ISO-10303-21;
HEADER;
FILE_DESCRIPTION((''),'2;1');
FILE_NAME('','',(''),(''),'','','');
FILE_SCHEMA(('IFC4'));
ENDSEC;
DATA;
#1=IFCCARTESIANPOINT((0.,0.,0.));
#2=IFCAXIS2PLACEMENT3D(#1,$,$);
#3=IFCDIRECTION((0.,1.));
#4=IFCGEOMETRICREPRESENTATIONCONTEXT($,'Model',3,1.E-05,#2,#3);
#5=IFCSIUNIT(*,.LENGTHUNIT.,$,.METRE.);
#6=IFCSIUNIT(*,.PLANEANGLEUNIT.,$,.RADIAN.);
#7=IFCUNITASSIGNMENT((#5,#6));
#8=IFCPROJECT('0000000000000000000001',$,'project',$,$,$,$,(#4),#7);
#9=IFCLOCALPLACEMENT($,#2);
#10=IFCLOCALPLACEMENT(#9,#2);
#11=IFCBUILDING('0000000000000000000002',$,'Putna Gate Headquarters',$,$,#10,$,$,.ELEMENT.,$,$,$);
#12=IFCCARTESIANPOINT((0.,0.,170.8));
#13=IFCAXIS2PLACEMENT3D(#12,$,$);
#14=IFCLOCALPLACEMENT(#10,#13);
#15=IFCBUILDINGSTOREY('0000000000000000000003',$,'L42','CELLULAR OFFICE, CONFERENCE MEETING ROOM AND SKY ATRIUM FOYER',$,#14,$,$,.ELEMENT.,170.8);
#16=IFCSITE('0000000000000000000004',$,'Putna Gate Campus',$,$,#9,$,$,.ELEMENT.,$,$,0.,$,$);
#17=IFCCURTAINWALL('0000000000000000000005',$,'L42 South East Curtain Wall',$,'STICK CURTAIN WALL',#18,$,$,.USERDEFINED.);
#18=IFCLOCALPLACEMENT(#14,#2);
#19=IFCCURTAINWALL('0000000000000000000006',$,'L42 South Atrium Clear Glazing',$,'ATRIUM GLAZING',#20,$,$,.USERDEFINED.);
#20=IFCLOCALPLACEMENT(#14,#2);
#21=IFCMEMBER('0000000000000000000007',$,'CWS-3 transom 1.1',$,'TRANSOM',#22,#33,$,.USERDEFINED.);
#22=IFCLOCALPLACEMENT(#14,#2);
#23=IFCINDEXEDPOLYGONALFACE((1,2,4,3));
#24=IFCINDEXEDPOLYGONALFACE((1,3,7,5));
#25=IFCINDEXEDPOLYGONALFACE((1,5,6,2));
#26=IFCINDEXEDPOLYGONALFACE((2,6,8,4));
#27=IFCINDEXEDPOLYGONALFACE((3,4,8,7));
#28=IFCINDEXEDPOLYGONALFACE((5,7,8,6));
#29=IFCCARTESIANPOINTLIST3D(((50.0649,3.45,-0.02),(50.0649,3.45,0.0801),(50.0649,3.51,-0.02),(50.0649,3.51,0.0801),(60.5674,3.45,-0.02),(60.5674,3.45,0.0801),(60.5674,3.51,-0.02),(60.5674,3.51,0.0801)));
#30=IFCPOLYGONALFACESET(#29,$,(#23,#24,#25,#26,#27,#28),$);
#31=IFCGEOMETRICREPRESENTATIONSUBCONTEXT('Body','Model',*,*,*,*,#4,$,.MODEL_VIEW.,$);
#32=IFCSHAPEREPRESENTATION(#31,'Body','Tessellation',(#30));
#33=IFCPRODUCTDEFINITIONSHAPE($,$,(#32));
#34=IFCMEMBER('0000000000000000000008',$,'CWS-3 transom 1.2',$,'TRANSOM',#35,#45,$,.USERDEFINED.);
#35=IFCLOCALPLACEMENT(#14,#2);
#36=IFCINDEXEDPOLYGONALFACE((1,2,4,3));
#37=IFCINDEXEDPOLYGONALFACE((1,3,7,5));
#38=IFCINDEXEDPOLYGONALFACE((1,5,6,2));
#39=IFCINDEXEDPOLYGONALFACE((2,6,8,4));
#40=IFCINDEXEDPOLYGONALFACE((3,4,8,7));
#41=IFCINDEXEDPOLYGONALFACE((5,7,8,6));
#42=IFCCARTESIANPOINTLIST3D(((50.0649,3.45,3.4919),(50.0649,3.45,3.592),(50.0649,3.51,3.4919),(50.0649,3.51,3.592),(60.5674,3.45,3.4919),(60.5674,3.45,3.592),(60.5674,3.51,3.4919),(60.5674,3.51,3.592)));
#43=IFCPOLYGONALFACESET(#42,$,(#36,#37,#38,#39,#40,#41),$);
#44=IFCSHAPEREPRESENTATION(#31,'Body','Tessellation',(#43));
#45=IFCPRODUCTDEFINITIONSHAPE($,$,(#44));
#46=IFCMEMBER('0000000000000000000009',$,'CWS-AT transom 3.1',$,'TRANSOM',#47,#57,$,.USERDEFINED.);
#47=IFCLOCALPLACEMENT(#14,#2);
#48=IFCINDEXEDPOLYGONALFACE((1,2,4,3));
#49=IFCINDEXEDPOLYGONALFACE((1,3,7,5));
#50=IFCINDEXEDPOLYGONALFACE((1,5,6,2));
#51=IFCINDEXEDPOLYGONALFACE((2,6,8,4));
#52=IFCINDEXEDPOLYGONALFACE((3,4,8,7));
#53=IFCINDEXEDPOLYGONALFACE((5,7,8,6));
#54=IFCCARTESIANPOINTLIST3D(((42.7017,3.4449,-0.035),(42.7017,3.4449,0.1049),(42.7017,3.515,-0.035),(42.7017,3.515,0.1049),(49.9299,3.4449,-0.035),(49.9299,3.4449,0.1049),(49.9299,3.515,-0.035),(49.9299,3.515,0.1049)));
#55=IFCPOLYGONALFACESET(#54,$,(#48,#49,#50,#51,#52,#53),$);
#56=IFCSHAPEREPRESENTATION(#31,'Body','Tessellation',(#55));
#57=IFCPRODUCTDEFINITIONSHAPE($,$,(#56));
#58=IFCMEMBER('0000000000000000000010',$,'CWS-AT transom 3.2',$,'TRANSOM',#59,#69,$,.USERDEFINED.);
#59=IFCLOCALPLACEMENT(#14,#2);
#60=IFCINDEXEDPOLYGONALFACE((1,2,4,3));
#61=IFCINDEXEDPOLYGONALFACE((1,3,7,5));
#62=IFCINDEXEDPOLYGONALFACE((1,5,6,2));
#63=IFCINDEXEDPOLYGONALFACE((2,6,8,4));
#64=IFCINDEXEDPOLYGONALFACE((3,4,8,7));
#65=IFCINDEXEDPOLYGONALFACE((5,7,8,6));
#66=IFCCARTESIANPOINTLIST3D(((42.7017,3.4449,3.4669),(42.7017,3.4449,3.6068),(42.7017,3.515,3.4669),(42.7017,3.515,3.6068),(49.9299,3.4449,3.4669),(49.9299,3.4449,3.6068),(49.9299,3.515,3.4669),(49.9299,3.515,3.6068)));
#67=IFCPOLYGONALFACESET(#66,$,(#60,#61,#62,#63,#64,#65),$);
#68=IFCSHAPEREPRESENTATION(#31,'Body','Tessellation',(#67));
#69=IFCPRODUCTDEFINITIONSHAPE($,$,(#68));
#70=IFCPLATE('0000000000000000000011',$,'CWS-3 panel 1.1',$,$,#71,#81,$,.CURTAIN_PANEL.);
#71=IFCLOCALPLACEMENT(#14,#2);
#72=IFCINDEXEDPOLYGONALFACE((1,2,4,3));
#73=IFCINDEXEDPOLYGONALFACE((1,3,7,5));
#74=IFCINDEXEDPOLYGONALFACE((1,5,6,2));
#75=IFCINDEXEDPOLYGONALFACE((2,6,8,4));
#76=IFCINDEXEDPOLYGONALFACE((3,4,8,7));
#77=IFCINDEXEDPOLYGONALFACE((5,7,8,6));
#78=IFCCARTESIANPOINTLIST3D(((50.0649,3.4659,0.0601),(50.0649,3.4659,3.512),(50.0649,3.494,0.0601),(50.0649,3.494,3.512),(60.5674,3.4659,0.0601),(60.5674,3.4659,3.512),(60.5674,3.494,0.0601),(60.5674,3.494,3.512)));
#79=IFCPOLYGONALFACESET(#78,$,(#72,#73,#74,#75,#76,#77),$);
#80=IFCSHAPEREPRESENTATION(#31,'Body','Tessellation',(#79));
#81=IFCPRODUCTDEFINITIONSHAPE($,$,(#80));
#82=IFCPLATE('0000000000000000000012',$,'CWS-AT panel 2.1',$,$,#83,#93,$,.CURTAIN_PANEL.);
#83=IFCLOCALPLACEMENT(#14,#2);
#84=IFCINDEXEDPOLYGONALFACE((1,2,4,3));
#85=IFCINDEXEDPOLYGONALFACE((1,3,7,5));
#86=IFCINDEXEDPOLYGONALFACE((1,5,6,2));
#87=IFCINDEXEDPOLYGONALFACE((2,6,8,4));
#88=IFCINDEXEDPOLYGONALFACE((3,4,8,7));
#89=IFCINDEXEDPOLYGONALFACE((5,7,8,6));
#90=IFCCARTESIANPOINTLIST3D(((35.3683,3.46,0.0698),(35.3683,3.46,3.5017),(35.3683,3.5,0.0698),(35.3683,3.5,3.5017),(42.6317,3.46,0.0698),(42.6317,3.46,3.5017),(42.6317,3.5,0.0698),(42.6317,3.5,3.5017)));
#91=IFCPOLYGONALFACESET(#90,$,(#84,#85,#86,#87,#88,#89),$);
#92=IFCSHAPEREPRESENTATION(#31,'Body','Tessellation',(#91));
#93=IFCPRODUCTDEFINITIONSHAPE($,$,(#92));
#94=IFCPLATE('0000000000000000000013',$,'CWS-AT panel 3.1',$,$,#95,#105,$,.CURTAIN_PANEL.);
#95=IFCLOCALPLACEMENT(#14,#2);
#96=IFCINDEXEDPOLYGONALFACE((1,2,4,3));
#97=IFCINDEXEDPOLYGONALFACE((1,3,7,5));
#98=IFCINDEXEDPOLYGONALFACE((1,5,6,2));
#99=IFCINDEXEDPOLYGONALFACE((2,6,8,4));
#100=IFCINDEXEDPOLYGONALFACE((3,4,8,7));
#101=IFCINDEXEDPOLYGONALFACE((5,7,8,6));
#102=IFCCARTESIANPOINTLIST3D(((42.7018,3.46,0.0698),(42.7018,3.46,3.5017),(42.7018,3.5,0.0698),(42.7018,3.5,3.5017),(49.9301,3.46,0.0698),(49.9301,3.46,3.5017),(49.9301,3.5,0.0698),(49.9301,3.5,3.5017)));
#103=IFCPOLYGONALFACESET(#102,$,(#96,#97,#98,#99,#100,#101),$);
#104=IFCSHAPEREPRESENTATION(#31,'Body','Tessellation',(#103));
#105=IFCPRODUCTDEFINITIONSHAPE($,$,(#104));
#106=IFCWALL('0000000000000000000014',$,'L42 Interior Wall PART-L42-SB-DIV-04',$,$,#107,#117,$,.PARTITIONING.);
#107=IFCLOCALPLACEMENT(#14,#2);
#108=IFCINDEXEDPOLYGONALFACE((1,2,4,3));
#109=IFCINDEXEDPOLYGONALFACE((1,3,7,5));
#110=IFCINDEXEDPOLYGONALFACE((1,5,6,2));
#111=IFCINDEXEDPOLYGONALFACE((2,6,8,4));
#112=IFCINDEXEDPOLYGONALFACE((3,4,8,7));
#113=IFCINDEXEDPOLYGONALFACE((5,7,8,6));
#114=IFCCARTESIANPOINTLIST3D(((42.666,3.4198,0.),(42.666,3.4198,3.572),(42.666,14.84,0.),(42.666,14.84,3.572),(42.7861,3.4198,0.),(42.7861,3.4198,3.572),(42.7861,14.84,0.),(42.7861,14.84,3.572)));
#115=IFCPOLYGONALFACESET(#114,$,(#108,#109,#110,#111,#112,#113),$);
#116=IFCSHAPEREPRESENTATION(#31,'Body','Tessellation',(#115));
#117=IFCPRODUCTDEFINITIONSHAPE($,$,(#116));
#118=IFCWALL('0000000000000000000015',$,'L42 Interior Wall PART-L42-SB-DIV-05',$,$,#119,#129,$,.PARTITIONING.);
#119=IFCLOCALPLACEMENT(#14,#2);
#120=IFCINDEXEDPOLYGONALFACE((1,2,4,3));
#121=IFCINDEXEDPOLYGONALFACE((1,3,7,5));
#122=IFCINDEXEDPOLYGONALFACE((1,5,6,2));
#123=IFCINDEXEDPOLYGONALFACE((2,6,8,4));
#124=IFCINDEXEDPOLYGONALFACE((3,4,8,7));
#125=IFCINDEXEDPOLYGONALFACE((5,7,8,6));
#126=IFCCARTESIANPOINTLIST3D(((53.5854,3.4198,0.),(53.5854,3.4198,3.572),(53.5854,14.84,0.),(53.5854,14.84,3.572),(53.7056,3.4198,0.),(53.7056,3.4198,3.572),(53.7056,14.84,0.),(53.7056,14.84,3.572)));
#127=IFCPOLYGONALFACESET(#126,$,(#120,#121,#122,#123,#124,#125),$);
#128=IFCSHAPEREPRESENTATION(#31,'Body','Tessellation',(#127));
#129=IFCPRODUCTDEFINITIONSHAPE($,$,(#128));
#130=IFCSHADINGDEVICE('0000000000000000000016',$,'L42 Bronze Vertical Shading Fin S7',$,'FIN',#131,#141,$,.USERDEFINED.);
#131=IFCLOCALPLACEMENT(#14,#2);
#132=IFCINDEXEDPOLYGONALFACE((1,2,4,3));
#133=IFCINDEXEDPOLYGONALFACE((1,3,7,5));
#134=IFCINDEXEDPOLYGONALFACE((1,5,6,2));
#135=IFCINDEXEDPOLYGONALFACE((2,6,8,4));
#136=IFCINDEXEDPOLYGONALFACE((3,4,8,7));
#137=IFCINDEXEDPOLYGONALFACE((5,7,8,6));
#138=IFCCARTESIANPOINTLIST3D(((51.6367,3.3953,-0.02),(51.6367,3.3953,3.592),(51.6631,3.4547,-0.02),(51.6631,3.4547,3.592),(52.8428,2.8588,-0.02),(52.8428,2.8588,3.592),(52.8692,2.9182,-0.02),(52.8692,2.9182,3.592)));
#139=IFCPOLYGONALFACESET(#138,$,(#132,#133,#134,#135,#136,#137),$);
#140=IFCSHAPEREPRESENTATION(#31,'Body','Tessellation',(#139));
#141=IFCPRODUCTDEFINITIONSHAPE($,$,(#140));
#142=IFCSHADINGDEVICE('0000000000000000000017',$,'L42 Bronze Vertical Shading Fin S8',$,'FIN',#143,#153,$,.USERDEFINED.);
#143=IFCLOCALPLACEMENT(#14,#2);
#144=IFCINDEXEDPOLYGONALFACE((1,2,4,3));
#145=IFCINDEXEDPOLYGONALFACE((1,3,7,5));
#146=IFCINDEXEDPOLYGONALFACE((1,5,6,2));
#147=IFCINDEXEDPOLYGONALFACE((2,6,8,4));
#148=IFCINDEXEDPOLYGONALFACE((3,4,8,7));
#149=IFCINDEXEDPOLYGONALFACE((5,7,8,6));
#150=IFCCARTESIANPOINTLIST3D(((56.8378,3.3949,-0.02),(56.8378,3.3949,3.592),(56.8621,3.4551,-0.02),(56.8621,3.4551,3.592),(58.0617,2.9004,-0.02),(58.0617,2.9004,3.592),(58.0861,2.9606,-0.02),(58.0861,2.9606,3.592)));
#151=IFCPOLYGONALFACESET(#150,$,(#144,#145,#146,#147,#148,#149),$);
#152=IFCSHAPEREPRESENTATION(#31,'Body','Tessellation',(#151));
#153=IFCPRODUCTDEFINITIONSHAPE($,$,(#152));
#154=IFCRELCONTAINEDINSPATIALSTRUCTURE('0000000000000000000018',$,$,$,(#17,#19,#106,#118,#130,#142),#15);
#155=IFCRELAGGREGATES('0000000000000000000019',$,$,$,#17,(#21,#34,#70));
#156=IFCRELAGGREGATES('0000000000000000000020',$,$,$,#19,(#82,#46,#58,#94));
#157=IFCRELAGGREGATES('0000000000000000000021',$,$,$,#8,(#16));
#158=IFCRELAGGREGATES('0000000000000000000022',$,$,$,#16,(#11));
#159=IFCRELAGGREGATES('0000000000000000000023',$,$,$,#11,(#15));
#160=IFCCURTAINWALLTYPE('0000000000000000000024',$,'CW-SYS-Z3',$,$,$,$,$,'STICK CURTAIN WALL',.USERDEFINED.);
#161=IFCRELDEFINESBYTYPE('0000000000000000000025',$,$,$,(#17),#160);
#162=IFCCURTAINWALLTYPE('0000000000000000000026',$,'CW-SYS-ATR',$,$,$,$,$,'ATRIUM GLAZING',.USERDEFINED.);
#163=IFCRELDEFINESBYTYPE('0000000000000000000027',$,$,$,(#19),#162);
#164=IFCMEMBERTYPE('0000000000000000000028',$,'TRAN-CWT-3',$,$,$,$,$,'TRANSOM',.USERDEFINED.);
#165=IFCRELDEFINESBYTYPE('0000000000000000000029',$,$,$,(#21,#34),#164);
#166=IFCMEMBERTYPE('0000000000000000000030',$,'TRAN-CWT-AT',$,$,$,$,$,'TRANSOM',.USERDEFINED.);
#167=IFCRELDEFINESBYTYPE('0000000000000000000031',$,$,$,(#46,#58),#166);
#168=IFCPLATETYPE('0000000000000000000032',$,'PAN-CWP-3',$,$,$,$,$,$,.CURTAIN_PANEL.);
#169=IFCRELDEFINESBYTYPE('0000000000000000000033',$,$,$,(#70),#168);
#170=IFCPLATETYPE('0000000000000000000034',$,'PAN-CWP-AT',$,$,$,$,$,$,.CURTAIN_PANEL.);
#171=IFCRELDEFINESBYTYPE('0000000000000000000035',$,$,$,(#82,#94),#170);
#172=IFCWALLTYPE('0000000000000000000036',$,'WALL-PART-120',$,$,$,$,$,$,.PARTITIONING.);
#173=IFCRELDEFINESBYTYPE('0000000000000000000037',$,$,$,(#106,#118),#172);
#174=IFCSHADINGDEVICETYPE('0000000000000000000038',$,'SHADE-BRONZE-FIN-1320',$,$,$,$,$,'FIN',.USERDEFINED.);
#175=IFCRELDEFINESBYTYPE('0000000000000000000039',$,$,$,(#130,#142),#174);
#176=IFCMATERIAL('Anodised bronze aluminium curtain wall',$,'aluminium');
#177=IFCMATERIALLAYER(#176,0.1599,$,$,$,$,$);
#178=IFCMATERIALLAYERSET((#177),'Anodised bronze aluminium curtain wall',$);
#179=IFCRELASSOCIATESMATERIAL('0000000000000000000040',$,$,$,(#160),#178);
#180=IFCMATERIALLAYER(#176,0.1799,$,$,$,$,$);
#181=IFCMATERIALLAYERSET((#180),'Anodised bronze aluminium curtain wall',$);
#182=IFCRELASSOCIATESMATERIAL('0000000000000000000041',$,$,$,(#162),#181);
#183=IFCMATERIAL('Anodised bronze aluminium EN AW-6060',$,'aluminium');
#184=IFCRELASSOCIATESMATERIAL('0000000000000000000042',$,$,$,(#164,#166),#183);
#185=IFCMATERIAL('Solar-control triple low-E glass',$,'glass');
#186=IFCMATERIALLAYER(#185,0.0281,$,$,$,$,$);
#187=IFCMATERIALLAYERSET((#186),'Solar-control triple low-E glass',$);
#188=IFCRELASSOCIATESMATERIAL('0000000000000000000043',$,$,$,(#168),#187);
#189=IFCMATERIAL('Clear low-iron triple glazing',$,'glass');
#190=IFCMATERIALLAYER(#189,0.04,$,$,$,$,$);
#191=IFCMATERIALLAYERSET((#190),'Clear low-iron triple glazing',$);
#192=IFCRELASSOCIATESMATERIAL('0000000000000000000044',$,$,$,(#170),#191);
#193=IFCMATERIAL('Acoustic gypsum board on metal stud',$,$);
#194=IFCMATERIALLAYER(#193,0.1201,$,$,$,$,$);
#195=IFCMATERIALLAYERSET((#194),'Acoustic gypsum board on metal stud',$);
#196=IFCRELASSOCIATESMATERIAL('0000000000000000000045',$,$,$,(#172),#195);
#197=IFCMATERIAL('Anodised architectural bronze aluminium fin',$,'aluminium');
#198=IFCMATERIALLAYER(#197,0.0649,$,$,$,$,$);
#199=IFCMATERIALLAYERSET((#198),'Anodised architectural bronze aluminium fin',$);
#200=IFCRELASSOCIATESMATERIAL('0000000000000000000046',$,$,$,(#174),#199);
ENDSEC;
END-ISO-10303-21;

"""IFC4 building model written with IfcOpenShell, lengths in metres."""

from ifc_helpers import new_model, si_unit, direction, frame, frame_2d, origin, origin_2d, place, context, subcontext, project, spatial, rectangle, extrude, material, layer, layer_set, material_profile, profile_set, type_object, element, aggregate, save


model = new_model("IFC4")

# Units and contexts
model_context = context("Model", 3, precision=1e-05, world=origin(), true_north=direction((0.0, 1.0)))
body_context = subcontext(model_context, "Body", "Model", "MODEL_VIEW")
ifc_project = project(units=[si_unit("LENGTHUNIT", "METRE"), si_unit("PLANEANGLEUNIT", "RADIAN")], contexts=[model_context])

# Site, building, storey
site_placement = place(None, origin())
site = spatial("IfcSite", under=ifc_project, at=site_placement, Name="Putna Gate Campus", CompositionType="ELEMENT", RefElevation=0.0)
building_placement = place(site_placement, origin())
building = spatial("IfcBuilding", under=site, at=building_placement, Name="Putna Gate Headquarters", CompositionType="ELEMENT")
storey_placement = place(building_placement, frame((0.0, 0.0, 170.8)))
storey = spatial("IfcBuildingStorey", under=building, at=storey_placement, Name="L42", Description="CELLULAR OFFICE, CONFERENCE MEETING ROOM AND SKY ATRIUM FOYER", CompositionType="ELEMENT", Elevation=170.8)

# Curtain wall
ifc_material_1 = material(Name="Anodised bronze aluminium curtain wall", Category="aluminium")
ifc_layer_1 = layer(ifc_material_1, 0.1599)
ifc_layer_set_1 = layer_set([ifc_layer_1], Name="Anodised bronze aluminium curtain wall")
curtain_wall_type_1 = type_object("IfcCurtainWallType", Name="CW-SYS-Z3", ElementType="STICK CURTAIN WALL", PredefinedType="USERDEFINED", material=ifc_layer_set_1)
curtain_wall_1_placement = place(storey_placement, origin())
curtain_wall_1 = element("IfcCurtainWall", 1, at=curtain_wall_1_placement, inside=storey, type_object=curtain_wall_type_1, Name="L42 South East Curtain Wall", ObjectType="STICK CURTAIN WALL", PredefinedType="USERDEFINED")
ifc_material_2 = material(Name="Anodised bronze aluminium EN AW-6060", Category="aluminium")

# Curtain wall
ifc_layer_2 = layer(ifc_material_1, 0.1799)
ifc_layer_set_2 = layer_set([ifc_layer_2], Name="Anodised bronze aluminium curtain wall")
curtain_wall_type_2 = type_object("IfcCurtainWallType", Name="CW-SYS-ATR", ElementType="ATRIUM GLAZING", PredefinedType="USERDEFINED", material=ifc_layer_set_2)
curtain_wall_2_placement = place(storey_placement, origin())
curtain_wall_2 = element("IfcCurtainWall", 2, at=curtain_wall_2_placement, inside=storey, type_object=curtain_wall_type_2, Name="L42 South Atrium Clear Glazing", ObjectType="ATRIUM GLAZING", PredefinedType="USERDEFINED")

# Members
ifc_material_profile_1 = material_profile(ifc_material_2, rectangle(XDim=0.0601, YDim=0.1001, at=origin_2d()), Name="Anodised bronze aluminium EN AW-6060")
ifc_profile_set_1 = profile_set([ifc_material_profile_1], Name="Anodised bronze aluminium EN AW-6060")
member_type_1 = type_object("IfcMemberType", Name="TRAN-CWT-3", ElementType="TRANSOM", PredefinedType="USERDEFINED", material=ifc_profile_set_1)
member_1_placement = place(storey_placement, frame((50.0649, 3.48, 0.03), z_axis=(1.0, 0.0, 0.0), x_axis=(0.0, 1.0, 0.0)))
member_1 = element("IfcMember", 3, at=member_1_placement, type_object=member_type_1, Name="CWS-3 transom 1.1", ObjectType="TRANSOM", PredefinedType="USERDEFINED", context=body_context, shape_type="SweptSolid", body=[
    extrude(rectangle(XDim=0.0601, YDim=0.1001, at=origin_2d()), origin(), (0.0, 0.0, 1.0), 10.5024),
])
member_2_placement = place(storey_placement, frame((50.0649, 3.48, 3.542), z_axis=(1.0, 0.0, 0.0), x_axis=(0.0, 1.0, 0.0)))
member_2 = element("IfcMember", 4, at=member_2_placement, type_object=member_type_1, Name="CWS-3 transom 1.2", ObjectType="TRANSOM", PredefinedType="USERDEFINED", context=body_context, shape_type="SweptSolid", body=[
    extrude(rectangle(XDim=0.0601, YDim=0.1001, at=origin_2d()), origin(), (0.0, 0.0, 1.0), 10.5024),
])
ifc_material_profile_2 = material_profile(ifc_material_2, rectangle(XDim=0.0701, YDim=0.1399, at=origin_2d()), Name="Anodised bronze aluminium EN AW-6060")
ifc_profile_set_2 = profile_set([ifc_material_profile_2], Name="Anodised bronze aluminium EN AW-6060")
member_type_2 = type_object("IfcMemberType", Name="TRAN-CWT-AT", ElementType="TRANSOM", PredefinedType="USERDEFINED", material=ifc_profile_set_2)
member_3_placement = place(storey_placement, frame((42.7017, 3.48, 0.0349), z_axis=(1.0, 0.0, 0.0), x_axis=(0.0, 1.0, 0.0)))
member_3 = element("IfcMember", 5, at=member_3_placement, type_object=member_type_2, Name="CWS-AT transom 3.1", ObjectType="TRANSOM", PredefinedType="USERDEFINED", context=body_context, shape_type="SweptSolid", body=[
    extrude(rectangle(XDim=0.0701, YDim=0.1399, at=origin_2d()), origin(), (0.0, 0.0, 1.0), 7.2283),
])
member_4_placement = place(storey_placement, frame((42.7017, 3.48, 3.5369), z_axis=(1.0, 0.0, 0.0), x_axis=(0.0, 1.0, 0.0)))
member_4 = element("IfcMember", 6, at=member_4_placement, type_object=member_type_2, Name="CWS-AT transom 3.2", ObjectType="TRANSOM", PredefinedType="USERDEFINED", context=body_context, shape_type="SweptSolid", body=[
    extrude(rectangle(XDim=0.0701, YDim=0.1399, at=origin_2d()), origin(), (0.0, 0.0, 1.0), 7.2283),
])

# Plates
ifc_material_3 = material(Name="Solar-control triple low-E glass", Category="glass")
ifc_layer_3 = layer(ifc_material_3, 0.0281)
ifc_layer_set_3 = layer_set([ifc_layer_3], Name="Solar-control triple low-E glass")
plate_type_1 = type_object("IfcPlateType", Name="PAN-CWP-3", PredefinedType="CURTAIN_PANEL", material=ifc_layer_set_3)
plate_1_placement = place(storey_placement, frame((55.3162, 3.48, 0.0601), z_axis=(0.0, 0.0, 1.0), x_axis=(1.0, 0.0, 0.0)))
plate_1 = element("IfcPlate", 7, at=plate_1_placement, type_object=plate_type_1, Name="CWS-3 panel 1.1", PredefinedType="CURTAIN_PANEL", context=body_context, shape_type="SweptSolid", body=[
    extrude(rectangle(XDim=10.5024, YDim=0.0281, at=origin_2d()), origin(), (0.0, 0.0, 1.0), 3.4519),
])
aggregate(curtain_wall_1, [member_1, member_2, plate_1])
ifc_material_4 = material(Name="Clear low-iron triple glazing", Category="glass")
ifc_layer_4 = layer(ifc_material_4, 0.04)
ifc_layer_set_4 = layer_set([ifc_layer_4], Name="Clear low-iron triple glazing")
plate_type_2 = type_object("IfcPlateType", Name="PAN-CWP-AT", PredefinedType="CURTAIN_PANEL", material=ifc_layer_set_4)
plate_2_placement = place(storey_placement, frame((39.0, 3.48, 0.0698), z_axis=(0.0, 0.0, 1.0), x_axis=(1.0, 0.0, 0.0)))
plate_2 = element("IfcPlate", 8, at=plate_2_placement, type_object=plate_type_2, Name="CWS-AT panel 2.1", PredefinedType="CURTAIN_PANEL", context=body_context, shape_type="SweptSolid", body=[
    extrude(rectangle(XDim=7.2634, YDim=0.04, at=origin_2d()), origin(), (0.0, 0.0, 1.0), 3.4319),
])
plate_3_placement = place(storey_placement, frame((46.3159, 3.48, 0.0698), z_axis=(0.0, 0.0, 1.0), x_axis=(1.0, 0.0, 0.0)))
plate_3 = element("IfcPlate", 9, at=plate_3_placement, type_object=plate_type_2, Name="CWS-AT panel 3.1", PredefinedType="CURTAIN_PANEL", context=body_context, shape_type="SweptSolid", body=[
    extrude(rectangle(XDim=7.2283, YDim=0.04, at=origin_2d()), origin(), (0.0, 0.0, 1.0), 3.4319),
])
aggregate(curtain_wall_2, [plate_2, member_3, member_4, plate_3])

# Walls
ifc_material_5 = material(Name="Acoustic gypsum board on metal stud")
ifc_layer_5 = layer(ifc_material_5, 0.1201)
ifc_layer_set_5 = layer_set([ifc_layer_5], Name="Acoustic gypsum board on metal stud")
wall_type = type_object("IfcWallType", Name="WALL-PART-120", PredefinedType="PARTITIONING", material=ifc_layer_set_5)
for number, where, z_axis, x_axis, name in (
    (10, (42.7261, 3.4199, 0.0), (0.0, 0.0, 1.0), (0.0, 1.0, 0.0), "L42 Interior Wall PART-L42-SB-DIV-04"),
    (11, (53.6455, 3.4199, 0.0), (0.0, 0.0, 1.0), (0.0, 1.0, 0.0), "L42 Interior Wall PART-L42-SB-DIV-05"),
):
    element("IfcWall", number, at=place(storey_placement, frame(where, z_axis=z_axis, x_axis=x_axis)), inside=storey, type_object=wall_type, Name=name, PredefinedType="PARTITIONING", context=body_context, shape_type="SweptSolid", body=[
        extrude(rectangle(XDim=11.4202, YDim=0.1201, at=frame_2d((5.71, 0.0))), origin(), (0.0, 0.0, 1.0), 3.572),
    ])

# Shading devices
ifc_material_6 = material(Name="Anodised architectural bronze aluminium fin", Category="aluminium")
ifc_layer_6 = layer(ifc_material_6, 0.0649)
ifc_layer_set_6 = layer_set([ifc_layer_6], Name="Anodised architectural bronze aluminium fin")
shading_device_type = type_object("IfcShadingDeviceType", Name="SHADE-BRONZE-FIN-1320", ElementType="FIN", PredefinedType="USERDEFINED", material=ifc_layer_set_6)
for number, where, z_axis, x_axis, name in (
    (12, (52.2529, 3.1567, -0.02), (0.0, 0.0, 1.0), (0.913687, -0.406418, 0.0), "L42 Bronze Vertical Shading Fin S7"),
    (13, (57.4619, 3.1777, -0.02), (0.0, 0.0, 1.0), (0.927184, -0.374607, 0.0), "L42 Bronze Vertical Shading Fin S8"),
):
    element("IfcShadingDevice", number, at=place(storey_placement, frame(where, z_axis=z_axis, x_axis=x_axis)), inside=storey, type_object=shading_device_type, Name=name, ObjectType="FIN", PredefinedType="USERDEFINED", context=body_context, shape_type="SweptSolid", body=[
        extrude(rectangle(XDim=1.3201, YDim=0.0649, at=origin_2d()), origin(), (0.0, 0.0, 1.0), 3.6121),
    ])

save(model, "model.ifc")
